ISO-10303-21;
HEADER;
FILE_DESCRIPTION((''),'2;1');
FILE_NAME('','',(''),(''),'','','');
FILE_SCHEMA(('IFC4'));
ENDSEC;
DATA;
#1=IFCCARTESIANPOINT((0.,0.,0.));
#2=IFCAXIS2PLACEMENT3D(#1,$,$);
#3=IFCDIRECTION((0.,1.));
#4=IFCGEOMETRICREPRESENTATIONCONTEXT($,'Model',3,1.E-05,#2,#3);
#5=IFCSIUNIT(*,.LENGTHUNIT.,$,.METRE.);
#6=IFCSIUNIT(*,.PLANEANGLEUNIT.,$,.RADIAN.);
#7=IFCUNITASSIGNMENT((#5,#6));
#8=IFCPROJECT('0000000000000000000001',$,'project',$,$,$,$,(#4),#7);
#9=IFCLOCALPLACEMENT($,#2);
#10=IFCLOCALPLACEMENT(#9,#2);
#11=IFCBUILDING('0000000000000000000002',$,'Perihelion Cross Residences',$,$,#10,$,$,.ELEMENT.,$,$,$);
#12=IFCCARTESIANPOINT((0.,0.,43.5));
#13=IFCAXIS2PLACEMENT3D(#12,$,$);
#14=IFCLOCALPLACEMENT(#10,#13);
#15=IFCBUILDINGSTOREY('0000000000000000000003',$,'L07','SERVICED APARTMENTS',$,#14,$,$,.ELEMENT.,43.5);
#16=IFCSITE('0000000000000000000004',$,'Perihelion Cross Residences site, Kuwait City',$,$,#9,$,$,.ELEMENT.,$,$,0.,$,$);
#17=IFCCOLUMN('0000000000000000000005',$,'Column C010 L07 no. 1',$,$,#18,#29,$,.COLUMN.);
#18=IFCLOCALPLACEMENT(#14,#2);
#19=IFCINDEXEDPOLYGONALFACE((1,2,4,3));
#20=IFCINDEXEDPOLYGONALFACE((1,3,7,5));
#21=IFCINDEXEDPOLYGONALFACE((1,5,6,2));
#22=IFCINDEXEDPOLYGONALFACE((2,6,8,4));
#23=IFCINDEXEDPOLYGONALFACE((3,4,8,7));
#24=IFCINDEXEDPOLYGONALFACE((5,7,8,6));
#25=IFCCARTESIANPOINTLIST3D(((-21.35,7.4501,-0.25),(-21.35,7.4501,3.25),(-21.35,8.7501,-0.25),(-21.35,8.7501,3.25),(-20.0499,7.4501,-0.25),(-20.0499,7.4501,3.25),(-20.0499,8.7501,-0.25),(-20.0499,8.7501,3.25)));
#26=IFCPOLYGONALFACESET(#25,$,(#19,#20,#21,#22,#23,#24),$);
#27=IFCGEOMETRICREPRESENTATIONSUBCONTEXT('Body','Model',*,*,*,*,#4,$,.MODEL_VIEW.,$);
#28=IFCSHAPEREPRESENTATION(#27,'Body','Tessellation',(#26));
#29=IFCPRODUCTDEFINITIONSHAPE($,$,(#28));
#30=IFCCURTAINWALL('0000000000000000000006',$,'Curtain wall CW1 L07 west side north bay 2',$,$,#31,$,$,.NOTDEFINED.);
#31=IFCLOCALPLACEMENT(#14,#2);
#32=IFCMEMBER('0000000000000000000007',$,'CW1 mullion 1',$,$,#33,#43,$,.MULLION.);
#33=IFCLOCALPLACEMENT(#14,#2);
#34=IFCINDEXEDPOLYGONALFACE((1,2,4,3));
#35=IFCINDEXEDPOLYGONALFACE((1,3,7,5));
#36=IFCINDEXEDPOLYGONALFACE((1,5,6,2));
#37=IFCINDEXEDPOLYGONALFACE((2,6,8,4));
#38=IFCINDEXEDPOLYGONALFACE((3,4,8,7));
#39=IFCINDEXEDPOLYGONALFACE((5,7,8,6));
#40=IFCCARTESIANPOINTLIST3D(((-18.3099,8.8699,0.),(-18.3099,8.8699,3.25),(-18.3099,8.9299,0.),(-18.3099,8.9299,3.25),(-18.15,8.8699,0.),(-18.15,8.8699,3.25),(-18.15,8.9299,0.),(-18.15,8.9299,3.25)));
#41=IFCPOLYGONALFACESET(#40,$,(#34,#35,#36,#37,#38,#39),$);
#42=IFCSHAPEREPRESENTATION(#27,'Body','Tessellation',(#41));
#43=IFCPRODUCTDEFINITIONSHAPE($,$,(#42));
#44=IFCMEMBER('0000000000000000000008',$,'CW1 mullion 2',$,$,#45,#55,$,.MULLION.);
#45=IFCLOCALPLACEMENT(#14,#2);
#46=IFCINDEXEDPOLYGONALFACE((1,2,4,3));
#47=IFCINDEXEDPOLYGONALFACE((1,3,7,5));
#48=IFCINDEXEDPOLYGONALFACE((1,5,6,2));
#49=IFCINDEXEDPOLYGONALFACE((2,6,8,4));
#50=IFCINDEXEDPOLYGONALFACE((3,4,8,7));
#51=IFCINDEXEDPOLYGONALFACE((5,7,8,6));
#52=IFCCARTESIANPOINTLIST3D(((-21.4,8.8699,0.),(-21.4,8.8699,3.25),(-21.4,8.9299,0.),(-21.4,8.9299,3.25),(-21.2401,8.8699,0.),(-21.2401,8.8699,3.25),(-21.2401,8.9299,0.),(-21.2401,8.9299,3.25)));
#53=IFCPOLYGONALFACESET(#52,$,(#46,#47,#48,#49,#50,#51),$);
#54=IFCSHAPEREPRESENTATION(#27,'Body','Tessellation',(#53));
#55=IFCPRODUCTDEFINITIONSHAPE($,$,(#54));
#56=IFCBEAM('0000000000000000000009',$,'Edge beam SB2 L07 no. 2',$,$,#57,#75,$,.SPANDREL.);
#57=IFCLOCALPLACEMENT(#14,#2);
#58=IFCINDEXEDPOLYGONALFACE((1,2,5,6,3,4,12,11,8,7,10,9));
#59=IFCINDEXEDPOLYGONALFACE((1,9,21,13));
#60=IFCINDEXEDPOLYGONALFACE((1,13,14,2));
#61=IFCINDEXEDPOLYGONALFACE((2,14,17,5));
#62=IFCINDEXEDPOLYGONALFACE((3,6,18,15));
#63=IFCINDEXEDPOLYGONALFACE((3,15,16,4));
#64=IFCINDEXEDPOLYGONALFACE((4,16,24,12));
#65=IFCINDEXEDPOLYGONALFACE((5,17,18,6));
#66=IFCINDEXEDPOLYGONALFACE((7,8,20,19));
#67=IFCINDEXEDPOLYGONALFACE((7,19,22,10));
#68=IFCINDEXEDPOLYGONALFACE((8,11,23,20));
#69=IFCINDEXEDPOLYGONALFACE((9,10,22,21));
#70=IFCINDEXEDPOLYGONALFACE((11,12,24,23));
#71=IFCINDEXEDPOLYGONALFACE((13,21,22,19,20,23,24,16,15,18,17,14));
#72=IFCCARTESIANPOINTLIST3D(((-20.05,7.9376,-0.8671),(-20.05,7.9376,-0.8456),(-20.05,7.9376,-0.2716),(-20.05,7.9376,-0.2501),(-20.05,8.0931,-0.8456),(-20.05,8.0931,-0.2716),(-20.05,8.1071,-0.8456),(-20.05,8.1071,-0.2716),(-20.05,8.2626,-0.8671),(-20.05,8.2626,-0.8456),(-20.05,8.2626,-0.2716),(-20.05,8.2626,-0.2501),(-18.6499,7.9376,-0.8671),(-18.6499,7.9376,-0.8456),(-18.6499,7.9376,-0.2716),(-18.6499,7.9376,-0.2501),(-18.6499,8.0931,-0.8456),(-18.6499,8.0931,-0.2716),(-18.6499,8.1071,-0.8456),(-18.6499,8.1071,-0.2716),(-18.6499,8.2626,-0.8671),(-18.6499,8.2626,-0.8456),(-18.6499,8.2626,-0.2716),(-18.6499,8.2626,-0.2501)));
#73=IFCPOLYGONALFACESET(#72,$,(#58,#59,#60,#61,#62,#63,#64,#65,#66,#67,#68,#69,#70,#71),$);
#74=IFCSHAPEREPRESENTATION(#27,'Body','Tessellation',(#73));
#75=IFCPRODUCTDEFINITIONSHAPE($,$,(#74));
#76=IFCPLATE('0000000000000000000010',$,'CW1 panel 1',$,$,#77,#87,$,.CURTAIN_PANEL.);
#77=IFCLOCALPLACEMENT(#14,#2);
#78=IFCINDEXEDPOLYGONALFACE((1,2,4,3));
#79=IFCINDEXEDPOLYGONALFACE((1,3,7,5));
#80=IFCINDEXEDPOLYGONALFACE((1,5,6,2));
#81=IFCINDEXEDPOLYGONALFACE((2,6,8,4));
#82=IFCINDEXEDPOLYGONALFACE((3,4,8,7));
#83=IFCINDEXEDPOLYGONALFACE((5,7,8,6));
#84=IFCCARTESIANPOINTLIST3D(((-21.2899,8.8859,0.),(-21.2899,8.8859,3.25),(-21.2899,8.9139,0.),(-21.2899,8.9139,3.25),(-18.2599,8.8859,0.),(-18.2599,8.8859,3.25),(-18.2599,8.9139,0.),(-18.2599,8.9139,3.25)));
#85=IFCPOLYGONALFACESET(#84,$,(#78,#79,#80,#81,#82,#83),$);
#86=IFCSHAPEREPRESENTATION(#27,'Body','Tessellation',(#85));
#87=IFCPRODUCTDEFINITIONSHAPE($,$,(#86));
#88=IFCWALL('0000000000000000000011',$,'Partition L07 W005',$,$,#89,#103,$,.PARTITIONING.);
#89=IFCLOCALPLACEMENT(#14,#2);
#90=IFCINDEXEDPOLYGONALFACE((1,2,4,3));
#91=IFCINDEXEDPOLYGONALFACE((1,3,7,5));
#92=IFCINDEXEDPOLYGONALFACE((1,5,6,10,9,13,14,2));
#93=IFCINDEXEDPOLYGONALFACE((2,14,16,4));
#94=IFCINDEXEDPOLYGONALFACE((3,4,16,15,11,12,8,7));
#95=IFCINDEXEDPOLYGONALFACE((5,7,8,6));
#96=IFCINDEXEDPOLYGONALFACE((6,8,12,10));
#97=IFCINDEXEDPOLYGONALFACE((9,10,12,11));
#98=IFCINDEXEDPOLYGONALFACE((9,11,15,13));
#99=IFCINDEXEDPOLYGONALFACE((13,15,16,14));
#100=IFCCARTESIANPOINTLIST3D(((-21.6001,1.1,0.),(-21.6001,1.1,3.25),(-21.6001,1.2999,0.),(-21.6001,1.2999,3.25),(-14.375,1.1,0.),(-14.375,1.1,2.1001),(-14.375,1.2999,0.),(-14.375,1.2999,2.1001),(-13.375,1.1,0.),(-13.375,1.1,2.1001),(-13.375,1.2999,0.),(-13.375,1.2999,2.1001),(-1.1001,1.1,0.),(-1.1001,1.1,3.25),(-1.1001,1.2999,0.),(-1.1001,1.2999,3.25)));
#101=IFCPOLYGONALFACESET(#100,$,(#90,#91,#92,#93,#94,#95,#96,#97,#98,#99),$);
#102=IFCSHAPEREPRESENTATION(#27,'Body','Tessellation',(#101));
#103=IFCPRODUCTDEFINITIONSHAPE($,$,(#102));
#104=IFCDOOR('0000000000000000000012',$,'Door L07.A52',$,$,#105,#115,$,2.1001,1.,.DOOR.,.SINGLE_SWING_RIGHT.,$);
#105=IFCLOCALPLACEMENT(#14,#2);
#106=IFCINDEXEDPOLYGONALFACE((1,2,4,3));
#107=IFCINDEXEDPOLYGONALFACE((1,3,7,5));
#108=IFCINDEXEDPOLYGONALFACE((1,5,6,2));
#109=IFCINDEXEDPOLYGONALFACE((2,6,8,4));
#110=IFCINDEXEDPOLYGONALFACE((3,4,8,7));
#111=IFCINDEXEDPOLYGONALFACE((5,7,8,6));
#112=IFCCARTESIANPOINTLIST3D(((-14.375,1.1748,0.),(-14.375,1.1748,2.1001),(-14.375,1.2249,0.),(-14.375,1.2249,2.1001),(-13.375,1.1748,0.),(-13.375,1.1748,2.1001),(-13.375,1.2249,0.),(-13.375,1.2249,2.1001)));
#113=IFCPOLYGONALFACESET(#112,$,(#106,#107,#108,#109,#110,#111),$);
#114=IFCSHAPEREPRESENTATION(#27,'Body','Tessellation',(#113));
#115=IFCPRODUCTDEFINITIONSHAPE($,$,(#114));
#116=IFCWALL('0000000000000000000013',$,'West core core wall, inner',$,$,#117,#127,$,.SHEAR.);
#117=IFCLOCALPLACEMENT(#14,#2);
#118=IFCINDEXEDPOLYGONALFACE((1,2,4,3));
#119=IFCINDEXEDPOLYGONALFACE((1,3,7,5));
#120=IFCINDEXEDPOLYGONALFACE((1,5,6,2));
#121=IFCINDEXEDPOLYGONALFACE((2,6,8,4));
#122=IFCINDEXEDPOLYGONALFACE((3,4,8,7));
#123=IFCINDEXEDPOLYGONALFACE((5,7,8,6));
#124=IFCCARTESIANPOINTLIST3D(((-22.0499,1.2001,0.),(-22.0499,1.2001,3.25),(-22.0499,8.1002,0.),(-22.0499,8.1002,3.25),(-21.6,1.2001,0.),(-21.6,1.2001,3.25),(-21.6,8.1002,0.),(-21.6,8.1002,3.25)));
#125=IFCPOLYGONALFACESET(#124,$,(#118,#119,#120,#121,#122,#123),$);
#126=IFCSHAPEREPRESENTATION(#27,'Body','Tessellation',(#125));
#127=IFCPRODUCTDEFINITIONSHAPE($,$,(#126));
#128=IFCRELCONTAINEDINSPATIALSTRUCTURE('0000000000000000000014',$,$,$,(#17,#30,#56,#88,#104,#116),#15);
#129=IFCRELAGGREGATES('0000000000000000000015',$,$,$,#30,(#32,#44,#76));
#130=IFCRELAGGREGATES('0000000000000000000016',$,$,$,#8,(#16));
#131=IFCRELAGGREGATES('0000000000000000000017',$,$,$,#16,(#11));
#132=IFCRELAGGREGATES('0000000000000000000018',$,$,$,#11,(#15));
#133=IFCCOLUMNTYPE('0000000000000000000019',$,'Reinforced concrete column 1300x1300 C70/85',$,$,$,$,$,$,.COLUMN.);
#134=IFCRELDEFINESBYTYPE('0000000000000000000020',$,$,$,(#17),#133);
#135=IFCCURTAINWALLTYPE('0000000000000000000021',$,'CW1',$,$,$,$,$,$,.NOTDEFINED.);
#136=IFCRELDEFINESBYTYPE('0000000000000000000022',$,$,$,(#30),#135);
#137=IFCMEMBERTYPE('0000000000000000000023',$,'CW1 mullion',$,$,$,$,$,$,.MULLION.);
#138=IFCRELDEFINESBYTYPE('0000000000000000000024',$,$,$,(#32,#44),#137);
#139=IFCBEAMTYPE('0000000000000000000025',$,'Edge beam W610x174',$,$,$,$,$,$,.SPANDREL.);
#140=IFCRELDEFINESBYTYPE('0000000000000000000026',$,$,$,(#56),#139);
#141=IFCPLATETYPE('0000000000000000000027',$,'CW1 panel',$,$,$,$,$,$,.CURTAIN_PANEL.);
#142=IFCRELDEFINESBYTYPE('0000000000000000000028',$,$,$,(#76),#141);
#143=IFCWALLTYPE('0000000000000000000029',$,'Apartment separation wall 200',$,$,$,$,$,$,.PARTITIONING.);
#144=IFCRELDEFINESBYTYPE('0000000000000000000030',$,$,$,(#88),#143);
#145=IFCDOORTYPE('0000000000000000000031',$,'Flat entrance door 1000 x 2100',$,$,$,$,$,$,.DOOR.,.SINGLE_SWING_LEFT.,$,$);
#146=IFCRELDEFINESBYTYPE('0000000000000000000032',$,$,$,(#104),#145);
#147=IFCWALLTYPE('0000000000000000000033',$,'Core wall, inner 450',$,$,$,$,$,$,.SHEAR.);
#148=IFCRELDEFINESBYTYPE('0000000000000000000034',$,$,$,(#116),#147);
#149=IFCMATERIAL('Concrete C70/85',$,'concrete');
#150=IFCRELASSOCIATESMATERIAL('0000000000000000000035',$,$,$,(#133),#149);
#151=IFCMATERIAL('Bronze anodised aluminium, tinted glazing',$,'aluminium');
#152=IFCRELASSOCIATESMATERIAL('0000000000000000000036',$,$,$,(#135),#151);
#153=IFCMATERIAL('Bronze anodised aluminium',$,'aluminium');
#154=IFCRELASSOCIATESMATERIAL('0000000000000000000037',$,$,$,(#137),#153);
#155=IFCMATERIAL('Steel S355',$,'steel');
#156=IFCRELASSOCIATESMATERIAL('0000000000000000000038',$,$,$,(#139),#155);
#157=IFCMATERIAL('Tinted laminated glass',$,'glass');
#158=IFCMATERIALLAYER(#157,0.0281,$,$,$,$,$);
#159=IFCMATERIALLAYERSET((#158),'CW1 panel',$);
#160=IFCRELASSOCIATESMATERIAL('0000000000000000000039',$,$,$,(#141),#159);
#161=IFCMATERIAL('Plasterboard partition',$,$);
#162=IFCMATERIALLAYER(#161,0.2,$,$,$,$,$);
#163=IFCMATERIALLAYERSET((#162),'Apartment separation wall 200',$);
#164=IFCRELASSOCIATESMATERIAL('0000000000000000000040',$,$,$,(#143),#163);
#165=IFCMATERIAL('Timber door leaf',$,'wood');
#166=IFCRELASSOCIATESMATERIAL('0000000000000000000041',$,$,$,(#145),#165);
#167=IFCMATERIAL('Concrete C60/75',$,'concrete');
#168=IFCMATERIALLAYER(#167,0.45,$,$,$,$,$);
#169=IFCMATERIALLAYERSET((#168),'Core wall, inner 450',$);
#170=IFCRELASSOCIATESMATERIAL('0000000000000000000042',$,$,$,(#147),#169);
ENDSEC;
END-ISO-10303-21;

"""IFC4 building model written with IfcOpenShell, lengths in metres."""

from ifc_helpers import new_model, si_unit, direction, frame, frame_2d, origin, origin_2d, place, context, subcontext, project, spatial, rectangle, i_section, extrude, material, layer, layer_set, material_profile, profile_set, type_object, element, fill, aggregate, save


model = new_model("IFC4")

# Units and contexts
model_context = context("Model", 3, precision=1e-05, world=origin(), true_north=direction((0.0, 1.0)))
body_context = subcontext(model_context, "Body", "Model", "MODEL_VIEW")
ifc_project = project(units=[si_unit("LENGTHUNIT", "METRE"), si_unit("PLANEANGLEUNIT", "RADIAN")], contexts=[model_context])

# Site, building, storey
site_placement = place(None, origin())
site = spatial("IfcSite", under=ifc_project, at=site_placement, Name="Perihelion Cross Residences site, Kuwait City", CompositionType="ELEMENT", RefElevation=0.0)
building_placement = place(site_placement, origin())
building = spatial("IfcBuilding", under=site, at=building_placement, Name="Perihelion Cross Residences", CompositionType="ELEMENT")
storey_placement = place(building_placement, frame((0.0, 0.0, 43.5)))
storey = spatial("IfcBuildingStorey", under=building, at=storey_placement, Name="L07", Description="SERVICED APARTMENTS", CompositionType="ELEMENT", Elevation=43.5)

# Column
ifc_material_1 = material(Name="Concrete C70/85", Category="concrete")
ifc_material_profile_1 = material_profile(ifc_material_1, rectangle(XDim=1.3, YDim=1.3, at=origin_2d()), Name="RC 1300x1300")
ifc_profile_set_1 = profile_set([ifc_material_profile_1], Name="Concrete C70/85")
column_type = type_object("IfcColumnType", Name="Reinforced concrete column 1300x1300 C70/85", PredefinedType="COLUMN", material=ifc_profile_set_1)
column_placement = place(storey_placement, frame((-20.7, 8.1001, -0.25), z_axis=(0.0, 0.0, 1.0), x_axis=(1.0, 0.0, 0.0)))
element("IfcColumn", 1, at=column_placement, inside=storey, type_object=column_type, Name="Column C010 L07 no. 1", PredefinedType="COLUMN", context=body_context, shape_type="SweptSolid", body=[
    extrude(rectangle(XDim=1.3, YDim=1.3, at=origin_2d()), origin(), (0.0, 0.0, 1.0), 3.5),
])

# Curtain wall, members
ifc_material_2 = material(Name="Bronze anodised aluminium, tinted glazing", Category="aluminium")
curtain_wall_type = type_object("IfcCurtainWallType", Name="CW1", PredefinedType="NOTDEFINED", material=ifc_material_2)
curtain_wall_placement = place(storey_placement, origin())
curtain_wall = element("IfcCurtainWall", 2, at=curtain_wall_placement, inside=storey, type_object=curtain_wall_type, Name="Curtain wall CW1 L07 west side north bay 2", PredefinedType="NOTDEFINED")
ifc_material_3 = material(Name="Bronze anodised aluminium", Category="aluminium")
ifc_material_profile_2 = material_profile(ifc_material_3, rectangle(XDim=0.0601, YDim=0.1599, at=origin_2d()), Name="CW1 mullion")
ifc_profile_set_2 = profile_set([ifc_material_profile_2], Name="Bronze anodised aluminium")
member_type = type_object("IfcMemberType", Name="CW1 mullion", PredefinedType="MULLION", material=ifc_profile_set_2)
member_1_placement = place(storey_placement, frame((-18.23, 8.8999, 0.0), z_axis=(0.0, 0.0, 1.0), x_axis=(0.0, -1.0, 0.0)))
member_1 = element("IfcMember", 3, at=member_1_placement, type_object=member_type, Name="CW1 mullion 1", PredefinedType="MULLION", context=body_context, shape_type="SweptSolid", body=[
    extrude(rectangle(XDim=0.0601, YDim=0.1599, at=origin_2d()), origin(), (0.0, 0.0, 1.0), 3.25),
])
member_2_placement = place(storey_placement, frame((-21.3201, 8.8999, 0.0), z_axis=(0.0, 0.0, 1.0), x_axis=(0.0, -1.0, 0.0)))
member_2 = element("IfcMember", 4, at=member_2_placement, type_object=member_type, Name="CW1 mullion 2", PredefinedType="MULLION", context=body_context, shape_type="SweptSolid", body=[
    extrude(rectangle(XDim=0.0601, YDim=0.1599, at=origin_2d()), origin(), (0.0, 0.0, 1.0), 3.25),
])

# Beam
ifc_material_4 = material(Name="Steel S355", Category="steel")
ifc_material_profile_3 = material_profile(ifc_material_4, i_section(OverallWidth=0.325, OverallDepth=0.6169, WebThickness=0.0139, FlangeThickness=0.0215, at=origin_2d()), Name="W610x174")
ifc_profile_set_3 = profile_set([ifc_material_profile_3], Name="Steel S355")
beam_type = type_object("IfcBeamType", Name="Edge beam W610x174", PredefinedType="SPANDREL", material=ifc_profile_set_3)
beam_placement = place(storey_placement, frame((-18.6499, 8.1001, -0.5586), z_axis=(-1.0, 0.0, 0.0), x_axis=(0.0, -1.0, 0.0)))
element("IfcBeam", 5, at=beam_placement, inside=storey, type_object=beam_type, Name="Edge beam SB2 L07 no. 2", PredefinedType="SPANDREL", context=body_context, shape_type="SweptSolid", body=[
    extrude(i_section(OverallWidth=0.325, OverallDepth=0.6169, WebThickness=0.0139, FlangeThickness=0.0215, at=origin_2d()), origin(), (0.0, 0.0, 1.0), 1.4001),
])

# Plate
ifc_material_5 = material(Name="Tinted laminated glass", Category="glass")
ifc_layer_1 = layer(ifc_material_5, 0.0281)
ifc_layer_set_1 = layer_set([ifc_layer_1], Name="CW1 panel")
plate_type = type_object("IfcPlateType", Name="CW1 panel", PredefinedType="CURTAIN_PANEL", material=ifc_layer_set_1)
plate_placement = place(storey_placement, frame((-19.7749, 8.8999, 0.0), z_axis=(0.0, 0.0, 1.0), x_axis=(-1.0, 0.0, 0.0)))
plate = element("IfcPlate", 6, at=plate_placement, type_object=plate_type, Name="CW1 panel 1", PredefinedType="CURTAIN_PANEL", context=body_context, shape_type="SweptSolid", body=[
    extrude(rectangle(XDim=3.03, YDim=0.0281, at=origin_2d()), origin(), (0.0, 0.0, 1.0), 3.25),
])
aggregate(curtain_wall, [member_1, member_2, plate])

# Wall, opening, door
ifc_material_6 = material(Name="Plasterboard partition")
ifc_layer_2 = layer(ifc_material_6, 0.2)
ifc_layer_set_2 = layer_set([ifc_layer_2], Name="Apartment separation wall 200")
wall_type_1 = type_object("IfcWallType", Name="Apartment separation wall 200", PredefinedType="PARTITIONING", material=ifc_layer_set_2)
wall_1_placement = place(storey_placement, frame((-21.6001, 1.2, 0.0), z_axis=(0.0, 0.0, 1.0), x_axis=(1.0, 0.0, 0.0)))
wall_1 = element("IfcWall", 7, at=wall_1_placement, inside=storey, type_object=wall_type_1, Name="Partition L07 W005", PredefinedType="PARTITIONING", context=body_context, shape_type="SweptSolid", body=[
    extrude(rectangle(XDim=20.5, YDim=0.2, at=frame_2d((10.25, 0.0))), origin(), (0.0, 0.0, 1.0), 3.25),
])
opening_1_placement = place(wall_1_placement, frame((7.2251, 0.0, 0.0)))
opening_1 = element("IfcOpeningElement", 8, at=opening_1_placement, cuts=wall_1, PredefinedType="OPENING", context=body_context, shape_type="SweptSolid", body=[
    extrude(rectangle(XDim=1.0, YDim=2.1001, at=frame_2d((0.5, 1.05))), frame((0.0, 0.1099, 0.0), z_axis=(0.0, -1.0, 0.0), x_axis=(1.0, 0.0, 0.0)), (0.0, 0.0, 1.0), 0.22),
])
ifc_material_7 = material(Name="Timber door leaf", Category="wood")
door_type_1 = type_object("IfcDoorType", Name="Flat entrance door 1000 x 2100", OperationType="SINGLE_SWING_LEFT", PredefinedType="DOOR", material=ifc_material_7)
door_1_placement = place(opening_1_placement, origin())
door_1 = element("IfcDoor", 9, at=door_1_placement, inside=storey, type_object=door_type_1, Name="Door L07.A52", OperationType="SINGLE_SWING_RIGHT", OverallHeight=2.1001, OverallWidth=1.0, PredefinedType="DOOR", context=body_context, shape_type="SweptSolid", body=[
    extrude(rectangle(XDim=1.0, YDim=2.1001, at=frame_2d((0.5, 1.05))), frame((0.0, 0.0249, 0.0), z_axis=(0.0, -1.0, 0.0), x_axis=(1.0, 0.0, 0.0)), (0.0, 0.0, 1.0), 0.05),
])
fill(opening_1, door_1)

# Wall
ifc_material_8 = material(Name="Concrete C60/75", Category="concrete")
ifc_layer_3 = layer(ifc_material_8, 0.45)
ifc_layer_set_3 = layer_set([ifc_layer_3], Name="Core wall, inner 450")
wall_type_2 = type_object("IfcWallType", Name="Core wall, inner 450", PredefinedType="SHEAR", material=ifc_layer_set_3)
wall_2_placement = place(storey_placement, frame((-21.825, 1.2, 0.0), z_axis=(0.0, 0.0, 1.0), x_axis=(0.0, 1.0, 0.0)))
element("IfcWall", 10, at=wall_2_placement, inside=storey, type_object=wall_type_2, Name="West core core wall, inner", PredefinedType="SHEAR", context=body_context, shape_type="SweptSolid", body=[
    extrude(rectangle(XDim=6.9001, YDim=0.45, at=frame_2d((3.4502, 0.0))), origin(), (0.0, 0.0, 1.0), 3.25),
])

save(model, "model.ifc")
